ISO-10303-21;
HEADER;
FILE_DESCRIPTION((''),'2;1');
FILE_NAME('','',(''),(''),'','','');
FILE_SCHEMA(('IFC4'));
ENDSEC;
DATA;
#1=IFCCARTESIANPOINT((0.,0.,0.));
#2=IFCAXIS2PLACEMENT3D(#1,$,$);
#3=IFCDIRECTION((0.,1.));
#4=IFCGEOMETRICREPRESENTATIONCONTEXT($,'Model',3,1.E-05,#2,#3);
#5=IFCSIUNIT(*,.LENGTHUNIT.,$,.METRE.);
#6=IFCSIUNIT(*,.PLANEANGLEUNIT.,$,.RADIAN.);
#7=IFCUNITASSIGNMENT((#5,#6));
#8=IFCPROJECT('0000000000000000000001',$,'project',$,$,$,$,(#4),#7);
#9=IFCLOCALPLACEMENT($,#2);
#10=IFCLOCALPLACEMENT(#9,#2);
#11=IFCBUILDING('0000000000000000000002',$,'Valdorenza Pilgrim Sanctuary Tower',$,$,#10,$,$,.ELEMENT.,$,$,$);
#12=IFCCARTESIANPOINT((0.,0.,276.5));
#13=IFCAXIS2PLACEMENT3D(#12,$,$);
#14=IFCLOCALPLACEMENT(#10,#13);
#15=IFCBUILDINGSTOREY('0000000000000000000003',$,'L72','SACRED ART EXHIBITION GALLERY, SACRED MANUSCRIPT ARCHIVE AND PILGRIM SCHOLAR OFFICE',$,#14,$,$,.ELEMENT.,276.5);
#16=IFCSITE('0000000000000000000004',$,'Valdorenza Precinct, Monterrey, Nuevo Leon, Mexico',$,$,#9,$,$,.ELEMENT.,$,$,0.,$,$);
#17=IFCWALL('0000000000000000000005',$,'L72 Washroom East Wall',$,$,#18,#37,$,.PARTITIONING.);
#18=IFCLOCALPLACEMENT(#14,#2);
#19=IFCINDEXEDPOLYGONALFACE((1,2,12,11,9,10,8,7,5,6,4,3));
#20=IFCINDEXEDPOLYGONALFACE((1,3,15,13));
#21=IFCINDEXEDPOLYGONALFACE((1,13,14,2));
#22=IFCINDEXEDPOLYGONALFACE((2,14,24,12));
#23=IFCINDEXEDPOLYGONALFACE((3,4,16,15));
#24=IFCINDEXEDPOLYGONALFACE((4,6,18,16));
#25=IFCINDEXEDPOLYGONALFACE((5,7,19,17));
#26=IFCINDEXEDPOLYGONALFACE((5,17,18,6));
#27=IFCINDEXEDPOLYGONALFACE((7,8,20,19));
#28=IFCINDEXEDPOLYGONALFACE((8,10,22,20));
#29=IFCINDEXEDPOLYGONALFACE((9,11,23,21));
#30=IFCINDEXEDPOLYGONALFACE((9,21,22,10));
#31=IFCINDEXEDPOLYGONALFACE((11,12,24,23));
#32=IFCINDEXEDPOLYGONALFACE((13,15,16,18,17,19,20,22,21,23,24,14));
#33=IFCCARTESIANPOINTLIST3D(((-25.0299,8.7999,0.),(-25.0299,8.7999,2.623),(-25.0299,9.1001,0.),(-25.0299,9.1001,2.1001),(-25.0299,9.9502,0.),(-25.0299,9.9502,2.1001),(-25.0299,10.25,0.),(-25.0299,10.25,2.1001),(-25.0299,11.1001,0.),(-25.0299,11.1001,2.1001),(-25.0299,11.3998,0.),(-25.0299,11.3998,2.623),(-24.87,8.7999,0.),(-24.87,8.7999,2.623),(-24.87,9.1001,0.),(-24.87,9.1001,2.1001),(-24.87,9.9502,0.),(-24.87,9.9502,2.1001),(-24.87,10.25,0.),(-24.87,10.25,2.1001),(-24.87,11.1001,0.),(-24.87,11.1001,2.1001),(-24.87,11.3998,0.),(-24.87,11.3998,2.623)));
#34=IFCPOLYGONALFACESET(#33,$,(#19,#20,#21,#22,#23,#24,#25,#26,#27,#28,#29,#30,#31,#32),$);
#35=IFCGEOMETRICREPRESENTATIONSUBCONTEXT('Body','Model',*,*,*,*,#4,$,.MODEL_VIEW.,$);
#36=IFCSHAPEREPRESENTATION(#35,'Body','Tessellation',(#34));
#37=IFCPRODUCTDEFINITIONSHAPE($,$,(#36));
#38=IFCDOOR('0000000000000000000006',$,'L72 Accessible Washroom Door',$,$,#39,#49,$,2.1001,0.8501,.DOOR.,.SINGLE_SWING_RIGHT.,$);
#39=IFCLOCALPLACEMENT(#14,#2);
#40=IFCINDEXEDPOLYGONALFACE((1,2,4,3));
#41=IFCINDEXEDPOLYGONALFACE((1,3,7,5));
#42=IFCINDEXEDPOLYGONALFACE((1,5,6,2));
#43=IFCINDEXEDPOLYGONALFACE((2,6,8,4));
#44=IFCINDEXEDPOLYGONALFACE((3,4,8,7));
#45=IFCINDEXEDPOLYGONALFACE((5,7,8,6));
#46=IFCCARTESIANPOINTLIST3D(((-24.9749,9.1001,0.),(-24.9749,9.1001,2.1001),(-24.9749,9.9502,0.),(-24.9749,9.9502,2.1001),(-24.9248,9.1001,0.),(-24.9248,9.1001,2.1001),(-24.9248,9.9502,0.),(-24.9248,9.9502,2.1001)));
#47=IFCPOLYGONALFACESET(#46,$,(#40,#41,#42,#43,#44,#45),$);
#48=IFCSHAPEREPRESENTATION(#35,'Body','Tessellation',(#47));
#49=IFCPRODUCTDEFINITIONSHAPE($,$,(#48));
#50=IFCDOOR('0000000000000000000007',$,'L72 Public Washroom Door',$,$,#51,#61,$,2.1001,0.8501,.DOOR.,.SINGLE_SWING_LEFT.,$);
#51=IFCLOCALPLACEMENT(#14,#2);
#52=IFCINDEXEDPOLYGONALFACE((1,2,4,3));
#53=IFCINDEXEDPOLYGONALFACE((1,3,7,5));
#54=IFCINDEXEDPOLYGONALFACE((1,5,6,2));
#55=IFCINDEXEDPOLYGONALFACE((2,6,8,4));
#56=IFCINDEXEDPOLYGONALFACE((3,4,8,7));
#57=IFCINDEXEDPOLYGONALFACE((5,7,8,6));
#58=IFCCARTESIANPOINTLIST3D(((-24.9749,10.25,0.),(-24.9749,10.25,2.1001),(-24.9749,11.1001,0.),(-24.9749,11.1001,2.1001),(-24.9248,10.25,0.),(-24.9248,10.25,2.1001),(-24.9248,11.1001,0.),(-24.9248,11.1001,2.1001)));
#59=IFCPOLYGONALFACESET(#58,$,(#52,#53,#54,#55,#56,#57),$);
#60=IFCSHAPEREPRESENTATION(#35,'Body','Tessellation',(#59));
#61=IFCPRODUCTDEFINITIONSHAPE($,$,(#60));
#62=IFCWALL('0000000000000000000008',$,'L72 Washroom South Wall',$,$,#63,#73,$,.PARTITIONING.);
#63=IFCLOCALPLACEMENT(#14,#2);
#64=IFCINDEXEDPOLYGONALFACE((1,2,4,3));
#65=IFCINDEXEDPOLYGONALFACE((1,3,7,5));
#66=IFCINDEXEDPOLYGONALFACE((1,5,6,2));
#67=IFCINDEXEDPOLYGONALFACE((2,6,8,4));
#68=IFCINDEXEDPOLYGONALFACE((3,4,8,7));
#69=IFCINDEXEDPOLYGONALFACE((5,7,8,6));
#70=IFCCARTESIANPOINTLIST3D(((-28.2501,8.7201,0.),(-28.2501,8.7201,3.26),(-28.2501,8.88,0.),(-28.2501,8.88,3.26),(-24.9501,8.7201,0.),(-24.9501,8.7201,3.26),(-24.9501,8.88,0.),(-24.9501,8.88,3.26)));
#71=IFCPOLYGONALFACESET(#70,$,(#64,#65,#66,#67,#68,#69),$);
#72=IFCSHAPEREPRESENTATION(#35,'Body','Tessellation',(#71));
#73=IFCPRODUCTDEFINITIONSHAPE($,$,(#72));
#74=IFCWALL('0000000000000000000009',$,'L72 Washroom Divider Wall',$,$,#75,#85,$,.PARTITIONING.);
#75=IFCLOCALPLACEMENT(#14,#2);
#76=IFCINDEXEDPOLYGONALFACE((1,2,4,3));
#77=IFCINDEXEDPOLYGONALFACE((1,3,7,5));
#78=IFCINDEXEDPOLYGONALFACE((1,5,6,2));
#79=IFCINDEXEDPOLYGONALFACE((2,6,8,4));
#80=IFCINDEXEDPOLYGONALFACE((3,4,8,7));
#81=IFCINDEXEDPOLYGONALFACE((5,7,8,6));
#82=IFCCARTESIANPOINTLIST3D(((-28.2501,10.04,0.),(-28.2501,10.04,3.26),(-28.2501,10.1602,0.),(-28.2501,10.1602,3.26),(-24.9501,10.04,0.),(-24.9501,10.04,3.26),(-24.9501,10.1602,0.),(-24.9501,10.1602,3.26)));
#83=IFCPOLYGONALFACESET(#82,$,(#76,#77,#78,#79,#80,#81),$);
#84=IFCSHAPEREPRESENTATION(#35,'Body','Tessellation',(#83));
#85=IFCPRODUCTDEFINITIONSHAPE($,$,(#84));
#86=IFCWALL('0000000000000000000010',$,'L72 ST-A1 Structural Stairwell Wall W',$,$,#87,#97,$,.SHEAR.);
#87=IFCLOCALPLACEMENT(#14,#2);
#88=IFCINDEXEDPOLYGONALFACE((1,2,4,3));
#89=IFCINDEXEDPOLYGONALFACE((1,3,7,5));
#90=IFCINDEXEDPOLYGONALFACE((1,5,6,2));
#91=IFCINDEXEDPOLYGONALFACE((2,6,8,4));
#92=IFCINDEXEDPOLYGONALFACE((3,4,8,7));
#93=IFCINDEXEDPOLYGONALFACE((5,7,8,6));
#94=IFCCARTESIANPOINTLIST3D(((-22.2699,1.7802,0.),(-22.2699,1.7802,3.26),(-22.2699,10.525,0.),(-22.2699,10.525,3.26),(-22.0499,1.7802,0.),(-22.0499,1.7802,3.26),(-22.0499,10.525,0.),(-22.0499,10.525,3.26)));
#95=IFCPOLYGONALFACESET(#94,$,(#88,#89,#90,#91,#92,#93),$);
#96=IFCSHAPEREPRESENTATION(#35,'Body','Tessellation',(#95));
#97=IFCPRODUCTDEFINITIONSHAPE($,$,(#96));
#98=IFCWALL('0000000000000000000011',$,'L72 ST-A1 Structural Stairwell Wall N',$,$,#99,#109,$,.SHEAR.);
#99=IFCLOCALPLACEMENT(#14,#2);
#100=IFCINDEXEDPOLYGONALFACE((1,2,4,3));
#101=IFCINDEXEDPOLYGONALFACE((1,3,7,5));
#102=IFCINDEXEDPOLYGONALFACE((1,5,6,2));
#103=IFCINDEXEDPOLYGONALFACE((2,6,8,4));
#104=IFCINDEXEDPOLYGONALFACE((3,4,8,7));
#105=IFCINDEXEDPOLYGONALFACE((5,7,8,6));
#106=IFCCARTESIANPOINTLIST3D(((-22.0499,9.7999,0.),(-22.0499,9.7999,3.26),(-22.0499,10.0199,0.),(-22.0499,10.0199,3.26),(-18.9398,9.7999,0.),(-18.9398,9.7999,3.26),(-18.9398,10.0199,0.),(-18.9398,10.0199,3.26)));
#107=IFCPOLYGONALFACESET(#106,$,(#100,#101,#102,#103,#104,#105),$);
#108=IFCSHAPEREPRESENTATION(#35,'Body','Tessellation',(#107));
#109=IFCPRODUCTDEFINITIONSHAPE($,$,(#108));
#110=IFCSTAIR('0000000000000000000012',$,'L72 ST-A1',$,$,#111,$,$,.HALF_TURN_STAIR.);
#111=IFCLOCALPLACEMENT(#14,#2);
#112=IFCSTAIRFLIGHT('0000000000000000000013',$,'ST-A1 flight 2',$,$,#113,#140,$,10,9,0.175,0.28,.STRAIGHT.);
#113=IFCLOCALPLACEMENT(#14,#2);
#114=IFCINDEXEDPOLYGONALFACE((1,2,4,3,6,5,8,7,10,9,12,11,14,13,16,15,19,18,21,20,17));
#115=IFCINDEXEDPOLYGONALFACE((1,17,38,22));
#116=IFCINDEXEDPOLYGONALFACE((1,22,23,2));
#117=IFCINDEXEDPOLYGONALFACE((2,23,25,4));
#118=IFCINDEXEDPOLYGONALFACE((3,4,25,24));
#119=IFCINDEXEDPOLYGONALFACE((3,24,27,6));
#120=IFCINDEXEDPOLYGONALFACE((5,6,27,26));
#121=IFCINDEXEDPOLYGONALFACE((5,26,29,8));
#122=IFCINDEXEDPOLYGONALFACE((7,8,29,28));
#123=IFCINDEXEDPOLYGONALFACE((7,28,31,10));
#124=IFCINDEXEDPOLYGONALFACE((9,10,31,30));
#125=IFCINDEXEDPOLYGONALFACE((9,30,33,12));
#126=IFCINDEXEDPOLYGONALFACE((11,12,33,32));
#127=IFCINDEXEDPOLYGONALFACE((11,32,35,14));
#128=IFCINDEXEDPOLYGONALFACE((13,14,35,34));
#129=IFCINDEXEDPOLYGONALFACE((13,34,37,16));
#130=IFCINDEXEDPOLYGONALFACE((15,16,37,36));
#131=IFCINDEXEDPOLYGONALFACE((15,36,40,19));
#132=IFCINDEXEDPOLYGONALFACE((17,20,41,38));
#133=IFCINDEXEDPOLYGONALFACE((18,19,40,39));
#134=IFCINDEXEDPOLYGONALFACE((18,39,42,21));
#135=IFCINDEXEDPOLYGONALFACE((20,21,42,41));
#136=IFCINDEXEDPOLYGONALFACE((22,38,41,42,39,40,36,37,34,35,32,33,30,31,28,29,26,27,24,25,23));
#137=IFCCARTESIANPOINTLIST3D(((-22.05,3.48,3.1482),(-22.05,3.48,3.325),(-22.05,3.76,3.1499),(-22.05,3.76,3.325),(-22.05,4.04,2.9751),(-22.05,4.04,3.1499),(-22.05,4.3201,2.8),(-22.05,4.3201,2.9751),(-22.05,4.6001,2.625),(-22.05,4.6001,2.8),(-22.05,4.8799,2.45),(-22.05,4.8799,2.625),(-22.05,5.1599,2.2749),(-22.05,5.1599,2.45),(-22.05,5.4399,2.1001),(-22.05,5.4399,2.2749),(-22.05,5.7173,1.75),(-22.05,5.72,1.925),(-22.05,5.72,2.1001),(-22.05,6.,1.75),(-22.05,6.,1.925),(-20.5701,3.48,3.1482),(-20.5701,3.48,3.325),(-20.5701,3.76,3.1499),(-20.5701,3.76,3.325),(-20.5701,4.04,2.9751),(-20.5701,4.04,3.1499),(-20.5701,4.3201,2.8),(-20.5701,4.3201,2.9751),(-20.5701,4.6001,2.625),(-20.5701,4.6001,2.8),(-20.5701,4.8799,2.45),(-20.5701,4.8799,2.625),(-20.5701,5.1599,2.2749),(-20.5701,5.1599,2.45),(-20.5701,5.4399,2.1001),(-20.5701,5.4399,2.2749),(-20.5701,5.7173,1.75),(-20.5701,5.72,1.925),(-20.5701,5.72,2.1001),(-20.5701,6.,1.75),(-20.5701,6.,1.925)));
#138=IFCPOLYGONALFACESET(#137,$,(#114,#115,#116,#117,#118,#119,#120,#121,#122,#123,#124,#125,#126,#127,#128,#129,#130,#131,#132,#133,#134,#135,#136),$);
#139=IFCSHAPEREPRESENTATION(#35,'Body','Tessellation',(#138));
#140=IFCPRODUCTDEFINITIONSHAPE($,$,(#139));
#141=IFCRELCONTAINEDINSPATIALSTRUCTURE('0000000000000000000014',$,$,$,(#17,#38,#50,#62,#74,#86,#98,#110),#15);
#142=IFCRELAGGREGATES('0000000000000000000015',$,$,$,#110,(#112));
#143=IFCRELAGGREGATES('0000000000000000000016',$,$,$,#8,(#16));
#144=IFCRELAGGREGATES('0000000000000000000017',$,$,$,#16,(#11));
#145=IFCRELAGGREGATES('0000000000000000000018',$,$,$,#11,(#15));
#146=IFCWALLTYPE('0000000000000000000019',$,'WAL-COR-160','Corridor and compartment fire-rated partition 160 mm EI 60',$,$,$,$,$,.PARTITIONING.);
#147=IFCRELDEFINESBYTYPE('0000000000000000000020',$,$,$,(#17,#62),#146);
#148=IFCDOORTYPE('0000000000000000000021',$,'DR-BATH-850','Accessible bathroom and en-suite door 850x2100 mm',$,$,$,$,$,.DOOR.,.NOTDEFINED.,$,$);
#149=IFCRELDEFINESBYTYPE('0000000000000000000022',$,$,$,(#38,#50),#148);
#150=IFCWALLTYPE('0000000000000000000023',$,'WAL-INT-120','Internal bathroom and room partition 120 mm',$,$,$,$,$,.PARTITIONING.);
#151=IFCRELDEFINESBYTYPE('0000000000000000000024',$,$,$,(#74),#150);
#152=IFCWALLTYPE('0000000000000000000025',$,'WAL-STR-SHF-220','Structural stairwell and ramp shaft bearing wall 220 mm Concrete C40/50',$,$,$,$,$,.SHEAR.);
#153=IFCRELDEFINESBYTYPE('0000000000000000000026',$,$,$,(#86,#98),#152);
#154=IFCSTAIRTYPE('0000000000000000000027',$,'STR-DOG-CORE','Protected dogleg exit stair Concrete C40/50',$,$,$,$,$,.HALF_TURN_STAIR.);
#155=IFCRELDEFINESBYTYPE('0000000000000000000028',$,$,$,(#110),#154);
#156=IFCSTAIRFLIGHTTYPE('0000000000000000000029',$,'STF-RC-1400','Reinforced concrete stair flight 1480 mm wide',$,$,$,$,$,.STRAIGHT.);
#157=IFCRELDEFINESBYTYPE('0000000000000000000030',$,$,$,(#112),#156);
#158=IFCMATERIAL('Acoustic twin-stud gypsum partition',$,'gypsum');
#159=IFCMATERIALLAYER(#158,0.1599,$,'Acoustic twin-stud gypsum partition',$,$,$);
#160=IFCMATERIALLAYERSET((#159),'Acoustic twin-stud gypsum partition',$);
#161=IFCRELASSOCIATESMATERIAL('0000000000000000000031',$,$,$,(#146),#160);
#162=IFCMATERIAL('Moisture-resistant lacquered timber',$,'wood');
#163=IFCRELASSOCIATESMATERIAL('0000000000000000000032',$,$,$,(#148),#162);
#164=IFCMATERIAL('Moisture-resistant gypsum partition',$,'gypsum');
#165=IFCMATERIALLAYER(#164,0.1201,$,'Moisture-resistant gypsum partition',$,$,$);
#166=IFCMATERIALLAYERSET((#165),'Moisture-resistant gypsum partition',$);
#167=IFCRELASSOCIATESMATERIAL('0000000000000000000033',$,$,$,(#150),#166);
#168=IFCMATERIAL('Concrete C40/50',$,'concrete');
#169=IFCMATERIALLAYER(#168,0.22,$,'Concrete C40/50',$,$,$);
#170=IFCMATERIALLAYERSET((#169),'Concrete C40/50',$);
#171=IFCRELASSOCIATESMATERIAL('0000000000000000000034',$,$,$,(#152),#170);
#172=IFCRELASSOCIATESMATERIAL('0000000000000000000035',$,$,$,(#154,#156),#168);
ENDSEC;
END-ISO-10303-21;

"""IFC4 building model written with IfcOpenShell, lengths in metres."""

from ifc_helpers import new_model, si_unit, direction, frame, frame_2d, origin, place, context, subcontext, project, spatial, polyline, rectangle, outline, extrude, material, layer, layer_set, type_object, element, fill, aggregate, save


model = new_model("IFC4")

# Units and contexts
model_context = context("Model", 3, precision=1e-05, world=origin(), true_north=direction((0.0, 1.0)))
body_context = subcontext(model_context, "Body", "Model", "MODEL_VIEW")
ifc_project = project(units=[si_unit("LENGTHUNIT", "METRE"), si_unit("PLANEANGLEUNIT", "RADIAN")], contexts=[model_context])

# Site, building, storey
site_placement = place(None, origin())
site = spatial("IfcSite", under=ifc_project, at=site_placement, Name="Valdorenza Precinct, Monterrey, Nuevo Leon, Mexico", CompositionType="ELEMENT", RefElevation=0.0)
building_placement = place(site_placement, origin())
building = spatial("IfcBuilding", under=site, at=building_placement, Name="Valdorenza Pilgrim Sanctuary Tower", CompositionType="ELEMENT")
storey_placement = place(building_placement, frame((0.0, 0.0, 276.5)))
storey = spatial("IfcBuildingStorey", under=building, at=storey_placement, Name="L72", Description="SACRED ART EXHIBITION GALLERY, SACRED MANUSCRIPT ARCHIVE AND PILGRIM SCHOLAR OFFICE", CompositionType="ELEMENT", Elevation=276.5)

# Shared definitions
ifc_material_1 = material(Name="Acoustic twin-stud gypsum partition", Category="gypsum")
ifc_layer_1 = layer(ifc_material_1, 0.1599, Name="Acoustic twin-stud gypsum partition")
ifc_layer_set_1 = layer_set([ifc_layer_1], Name="Acoustic twin-stud gypsum partition")
wall_type_1 = type_object("IfcWallType", Name="WAL-COR-160", Description="Corridor and compartment fire-rated partition 160 mm EI 60", PredefinedType="PARTITIONING", material=ifc_layer_set_1)

# Wall, openings, doors
wall_1_placement = place(storey_placement, frame((-24.95, 8.8, 0.0), z_axis=(0.0, 0.0, 1.0), x_axis=(0.0, 1.0, 0.0)))
wall_1 = element("IfcWall", 1, at=wall_1_placement, inside=storey, type_object=wall_type_1, Name="L72 Washroom East Wall", PredefinedType="PARTITIONING", context=body_context, shape_type="SweptSolid", body=[
    extrude(rectangle(XDim=2.5999, YDim=0.1599, at=frame_2d((1.2998, 0.0))), origin(), (0.0, 0.0, 1.0), 2.623),
])
opening_1_placement = place(wall_1_placement, frame((0.3, 0.0, 0.0)))
opening_1 = element("IfcOpeningElement", 2, at=opening_1_placement, cuts=wall_1, PredefinedType="OPENING", context=body_context, shape_type="SweptSolid", body=[
    extrude(rectangle(XDim=0.8501, YDim=2.1001, at=frame_2d((0.425, 1.05))), frame((0.0, 0.0947, 0.0), z_axis=(0.0, -1.0, 0.0), x_axis=(1.0, 0.0, 0.0)), (0.0, 0.0, 1.0), 0.1897),
])
opening_2_placement = place(wall_1_placement, frame((1.45, 0.0, 0.0)))
opening_2 = element("IfcOpeningElement", 3, at=opening_2_placement, cuts=wall_1, PredefinedType="OPENING", context=body_context, shape_type="SweptSolid", body=[
    extrude(rectangle(XDim=0.8501, YDim=2.1001, at=frame_2d((0.425, 1.05))), frame((0.0, 0.0947, 0.0), z_axis=(0.0, -1.0, 0.0), x_axis=(1.0, 0.0, 0.0)), (0.0, 0.0, 1.0), 0.1897),
])
ifc_material_2 = material(Name="Moisture-resistant lacquered timber", Category="wood")
door_type_1 = type_object("IfcDoorType", Name="DR-BATH-850", Description="Accessible bathroom and en-suite door 850x2100 mm", OperationType="NOTDEFINED", PredefinedType="DOOR", material=ifc_material_2)
door_1_placement = place(opening_1_placement, origin())
door_1 = element("IfcDoor", 4, at=door_1_placement, inside=storey, type_object=door_type_1, Name="L72 Accessible Washroom Door", OperationType="SINGLE_SWING_RIGHT", OverallHeight=2.1001, OverallWidth=0.8501, PredefinedType="DOOR", context=body_context, shape_type="SweptSolid", body=[
    extrude(rectangle(XDim=0.8501, YDim=2.1001, at=frame_2d((0.425, 1.05))), frame((0.0, 0.0249, 0.0), z_axis=(0.0, -1.0, 0.0), x_axis=(1.0, 0.0, 0.0)), (0.0, 0.0, 1.0), 0.05),
])
fill(opening_1, door_1)
door_2_placement = place(opening_2_placement, origin())
door_2 = element("IfcDoor", 5, at=door_2_placement, inside=storey, type_object=door_type_1, Name="L72 Public Washroom Door", OperationType="SINGLE_SWING_LEFT", OverallHeight=2.1001, OverallWidth=0.8501, PredefinedType="DOOR", context=body_context, shape_type="SweptSolid", body=[
    extrude(rectangle(XDim=0.8501, YDim=2.1001, at=frame_2d((0.425, 1.05))), frame((0.0, 0.0249, 0.0), z_axis=(0.0, -1.0, 0.0), x_axis=(1.0, 0.0, 0.0)), (0.0, 0.0, 1.0), 0.05),
])
fill(opening_2, door_2)

# Walls
wall_2_placement = place(storey_placement, frame((-28.25, 8.8, 0.0), z_axis=(0.0, 0.0, 1.0), x_axis=(1.0, 0.0, 0.0)))
element("IfcWall", 6, at=wall_2_placement, inside=storey, type_object=wall_type_1, Name="L72 Washroom South Wall", PredefinedType="PARTITIONING", context=body_context, shape_type="SweptSolid", body=[
    extrude(rectangle(XDim=3.3, YDim=0.1599, at=frame_2d((1.6499, 0.0))), origin(), (0.0, 0.0, 1.0), 3.26),
])
ifc_material_3 = material(Name="Moisture-resistant gypsum partition", Category="gypsum")
ifc_layer_2 = layer(ifc_material_3, 0.1201, Name="Moisture-resistant gypsum partition")
ifc_layer_set_2 = layer_set([ifc_layer_2], Name="Moisture-resistant gypsum partition")
wall_type_2 = type_object("IfcWallType", Name="WAL-INT-120", Description="Internal bathroom and room partition 120 mm", PredefinedType="PARTITIONING", material=ifc_layer_set_2)
wall_3_placement = place(storey_placement, frame((-28.25, 10.1001, 0.0), z_axis=(0.0, 0.0, 1.0), x_axis=(1.0, 0.0, 0.0)))
element("IfcWall", 7, at=wall_3_placement, inside=storey, type_object=wall_type_2, Name="L72 Washroom Divider Wall", PredefinedType="PARTITIONING", context=body_context, shape_type="SweptSolid", body=[
    extrude(rectangle(XDim=3.3, YDim=0.1201, at=frame_2d((1.6499, 0.0))), origin(), (0.0, 0.0, 1.0), 3.26),
])
ifc_material_4 = material(Name="Concrete C40/50", Category="concrete")
ifc_layer_3 = layer(ifc_material_4, 0.22, Name="Concrete C40/50")
ifc_layer_set_3 = layer_set([ifc_layer_3], Name="Concrete C40/50")
wall_type_3 = type_object("IfcWallType", Name="WAL-STR-SHF-220", Description="Structural stairwell and ramp shaft bearing wall 220 mm Concrete C40/50", PredefinedType="SHEAR", material=ifc_layer_set_3)
wall_4_placement = place(storey_placement, frame((-22.1599, 1.78, 0.0), z_axis=(0.0, 0.0, 1.0), x_axis=(0.0, 1.0, 0.0)))
element("IfcWall", 8, at=wall_4_placement, inside=storey, type_object=wall_type_3, Name="L72 ST-A1 Structural Stairwell Wall W", PredefinedType="SHEAR", context=body_context, shape_type="SweptSolid", body=[
    extrude(rectangle(XDim=8.7449, YDim=0.22, at=frame_2d((4.3726, 0.0))), origin(), (0.0, 0.0, 1.0), 3.26),
])

# Wall
wall_5_placement = place(storey_placement, frame((-22.05, 9.9099, 0.0), z_axis=(0.0, 0.0, 1.0), x_axis=(1.0, 0.0, 0.0)))
element("IfcWall", 9, at=wall_5_placement, inside=storey, type_object=wall_type_3, Name="L72 ST-A1 Structural Stairwell Wall N", PredefinedType="SHEAR", context=body_context, shape_type="SweptSolid", body=[
    extrude(rectangle(XDim=3.1101, YDim=0.22, at=frame_2d((1.5552, 0.0))), origin(), (0.0, 0.0, 1.0), 3.26),
])

# Stair, stair flight
stair_type = type_object("IfcStairType", Name="STR-DOG-CORE", Description="Protected dogleg exit stair Concrete C40/50", PredefinedType="HALF_TURN_STAIR", material=ifc_material_4)
stair_placement = place(storey_placement, origin())
stair = element("IfcStair", 10, at=stair_placement, inside=storey, type_object=stair_type, Name="L72 ST-A1", PredefinedType="HALF_TURN_STAIR")
stair_flight_type = type_object("IfcStairFlightType", Name="STF-RC-1400", Description="Reinforced concrete stair flight 1480 mm wide", PredefinedType="STRAIGHT", material=ifc_material_4)
stair_flight_placement = place(storey_placement, frame((-21.3101, 6.0, 1.75), z_axis=(0.0, 0.0, 1.0), x_axis=(0.0, -1.0, 0.0)))
stair_flight = element("IfcStairFlight", 11, at=stair_flight_placement, type_object=stair_flight_type, Name="ST-A1 flight 2", NumberOfRisers=10, NumberOfTreads=9, PredefinedType="STRAIGHT", RiserHeight=0.175, TreadLength=0.28, context=body_context, shape_type="SweptSolid", body=[
    extrude(outline(polyline([(0.0, 0.0), (0.0, 0.175), (0.28, 0.175), (0.28, 0.3501), (0.5601, 0.3501), (0.5601, 0.5249), (0.8401, 0.5249), (0.8401, 0.7), (1.1201, 0.7), (1.1201, 0.875), (1.3999, 0.875), (1.3999, 1.05), (1.6799, 1.05), (1.6799, 1.2251), (1.96, 1.2251), (1.96, 1.3999), (2.24, 1.3999), (2.24, 1.575), (2.52, 1.575), (2.52, 1.75), (2.52, 1.3982), (0.2827, 0.0), (0.0, 0.0)])), frame((0.0, 0.74, 0.0), z_axis=(0.0, -1.0, 0.0), x_axis=(1.0, 0.0, 0.0)), (0.0, 0.0, 1.0), 1.48),
])
aggregate(stair, [stair_flight])

save(model, "model.ifc")
